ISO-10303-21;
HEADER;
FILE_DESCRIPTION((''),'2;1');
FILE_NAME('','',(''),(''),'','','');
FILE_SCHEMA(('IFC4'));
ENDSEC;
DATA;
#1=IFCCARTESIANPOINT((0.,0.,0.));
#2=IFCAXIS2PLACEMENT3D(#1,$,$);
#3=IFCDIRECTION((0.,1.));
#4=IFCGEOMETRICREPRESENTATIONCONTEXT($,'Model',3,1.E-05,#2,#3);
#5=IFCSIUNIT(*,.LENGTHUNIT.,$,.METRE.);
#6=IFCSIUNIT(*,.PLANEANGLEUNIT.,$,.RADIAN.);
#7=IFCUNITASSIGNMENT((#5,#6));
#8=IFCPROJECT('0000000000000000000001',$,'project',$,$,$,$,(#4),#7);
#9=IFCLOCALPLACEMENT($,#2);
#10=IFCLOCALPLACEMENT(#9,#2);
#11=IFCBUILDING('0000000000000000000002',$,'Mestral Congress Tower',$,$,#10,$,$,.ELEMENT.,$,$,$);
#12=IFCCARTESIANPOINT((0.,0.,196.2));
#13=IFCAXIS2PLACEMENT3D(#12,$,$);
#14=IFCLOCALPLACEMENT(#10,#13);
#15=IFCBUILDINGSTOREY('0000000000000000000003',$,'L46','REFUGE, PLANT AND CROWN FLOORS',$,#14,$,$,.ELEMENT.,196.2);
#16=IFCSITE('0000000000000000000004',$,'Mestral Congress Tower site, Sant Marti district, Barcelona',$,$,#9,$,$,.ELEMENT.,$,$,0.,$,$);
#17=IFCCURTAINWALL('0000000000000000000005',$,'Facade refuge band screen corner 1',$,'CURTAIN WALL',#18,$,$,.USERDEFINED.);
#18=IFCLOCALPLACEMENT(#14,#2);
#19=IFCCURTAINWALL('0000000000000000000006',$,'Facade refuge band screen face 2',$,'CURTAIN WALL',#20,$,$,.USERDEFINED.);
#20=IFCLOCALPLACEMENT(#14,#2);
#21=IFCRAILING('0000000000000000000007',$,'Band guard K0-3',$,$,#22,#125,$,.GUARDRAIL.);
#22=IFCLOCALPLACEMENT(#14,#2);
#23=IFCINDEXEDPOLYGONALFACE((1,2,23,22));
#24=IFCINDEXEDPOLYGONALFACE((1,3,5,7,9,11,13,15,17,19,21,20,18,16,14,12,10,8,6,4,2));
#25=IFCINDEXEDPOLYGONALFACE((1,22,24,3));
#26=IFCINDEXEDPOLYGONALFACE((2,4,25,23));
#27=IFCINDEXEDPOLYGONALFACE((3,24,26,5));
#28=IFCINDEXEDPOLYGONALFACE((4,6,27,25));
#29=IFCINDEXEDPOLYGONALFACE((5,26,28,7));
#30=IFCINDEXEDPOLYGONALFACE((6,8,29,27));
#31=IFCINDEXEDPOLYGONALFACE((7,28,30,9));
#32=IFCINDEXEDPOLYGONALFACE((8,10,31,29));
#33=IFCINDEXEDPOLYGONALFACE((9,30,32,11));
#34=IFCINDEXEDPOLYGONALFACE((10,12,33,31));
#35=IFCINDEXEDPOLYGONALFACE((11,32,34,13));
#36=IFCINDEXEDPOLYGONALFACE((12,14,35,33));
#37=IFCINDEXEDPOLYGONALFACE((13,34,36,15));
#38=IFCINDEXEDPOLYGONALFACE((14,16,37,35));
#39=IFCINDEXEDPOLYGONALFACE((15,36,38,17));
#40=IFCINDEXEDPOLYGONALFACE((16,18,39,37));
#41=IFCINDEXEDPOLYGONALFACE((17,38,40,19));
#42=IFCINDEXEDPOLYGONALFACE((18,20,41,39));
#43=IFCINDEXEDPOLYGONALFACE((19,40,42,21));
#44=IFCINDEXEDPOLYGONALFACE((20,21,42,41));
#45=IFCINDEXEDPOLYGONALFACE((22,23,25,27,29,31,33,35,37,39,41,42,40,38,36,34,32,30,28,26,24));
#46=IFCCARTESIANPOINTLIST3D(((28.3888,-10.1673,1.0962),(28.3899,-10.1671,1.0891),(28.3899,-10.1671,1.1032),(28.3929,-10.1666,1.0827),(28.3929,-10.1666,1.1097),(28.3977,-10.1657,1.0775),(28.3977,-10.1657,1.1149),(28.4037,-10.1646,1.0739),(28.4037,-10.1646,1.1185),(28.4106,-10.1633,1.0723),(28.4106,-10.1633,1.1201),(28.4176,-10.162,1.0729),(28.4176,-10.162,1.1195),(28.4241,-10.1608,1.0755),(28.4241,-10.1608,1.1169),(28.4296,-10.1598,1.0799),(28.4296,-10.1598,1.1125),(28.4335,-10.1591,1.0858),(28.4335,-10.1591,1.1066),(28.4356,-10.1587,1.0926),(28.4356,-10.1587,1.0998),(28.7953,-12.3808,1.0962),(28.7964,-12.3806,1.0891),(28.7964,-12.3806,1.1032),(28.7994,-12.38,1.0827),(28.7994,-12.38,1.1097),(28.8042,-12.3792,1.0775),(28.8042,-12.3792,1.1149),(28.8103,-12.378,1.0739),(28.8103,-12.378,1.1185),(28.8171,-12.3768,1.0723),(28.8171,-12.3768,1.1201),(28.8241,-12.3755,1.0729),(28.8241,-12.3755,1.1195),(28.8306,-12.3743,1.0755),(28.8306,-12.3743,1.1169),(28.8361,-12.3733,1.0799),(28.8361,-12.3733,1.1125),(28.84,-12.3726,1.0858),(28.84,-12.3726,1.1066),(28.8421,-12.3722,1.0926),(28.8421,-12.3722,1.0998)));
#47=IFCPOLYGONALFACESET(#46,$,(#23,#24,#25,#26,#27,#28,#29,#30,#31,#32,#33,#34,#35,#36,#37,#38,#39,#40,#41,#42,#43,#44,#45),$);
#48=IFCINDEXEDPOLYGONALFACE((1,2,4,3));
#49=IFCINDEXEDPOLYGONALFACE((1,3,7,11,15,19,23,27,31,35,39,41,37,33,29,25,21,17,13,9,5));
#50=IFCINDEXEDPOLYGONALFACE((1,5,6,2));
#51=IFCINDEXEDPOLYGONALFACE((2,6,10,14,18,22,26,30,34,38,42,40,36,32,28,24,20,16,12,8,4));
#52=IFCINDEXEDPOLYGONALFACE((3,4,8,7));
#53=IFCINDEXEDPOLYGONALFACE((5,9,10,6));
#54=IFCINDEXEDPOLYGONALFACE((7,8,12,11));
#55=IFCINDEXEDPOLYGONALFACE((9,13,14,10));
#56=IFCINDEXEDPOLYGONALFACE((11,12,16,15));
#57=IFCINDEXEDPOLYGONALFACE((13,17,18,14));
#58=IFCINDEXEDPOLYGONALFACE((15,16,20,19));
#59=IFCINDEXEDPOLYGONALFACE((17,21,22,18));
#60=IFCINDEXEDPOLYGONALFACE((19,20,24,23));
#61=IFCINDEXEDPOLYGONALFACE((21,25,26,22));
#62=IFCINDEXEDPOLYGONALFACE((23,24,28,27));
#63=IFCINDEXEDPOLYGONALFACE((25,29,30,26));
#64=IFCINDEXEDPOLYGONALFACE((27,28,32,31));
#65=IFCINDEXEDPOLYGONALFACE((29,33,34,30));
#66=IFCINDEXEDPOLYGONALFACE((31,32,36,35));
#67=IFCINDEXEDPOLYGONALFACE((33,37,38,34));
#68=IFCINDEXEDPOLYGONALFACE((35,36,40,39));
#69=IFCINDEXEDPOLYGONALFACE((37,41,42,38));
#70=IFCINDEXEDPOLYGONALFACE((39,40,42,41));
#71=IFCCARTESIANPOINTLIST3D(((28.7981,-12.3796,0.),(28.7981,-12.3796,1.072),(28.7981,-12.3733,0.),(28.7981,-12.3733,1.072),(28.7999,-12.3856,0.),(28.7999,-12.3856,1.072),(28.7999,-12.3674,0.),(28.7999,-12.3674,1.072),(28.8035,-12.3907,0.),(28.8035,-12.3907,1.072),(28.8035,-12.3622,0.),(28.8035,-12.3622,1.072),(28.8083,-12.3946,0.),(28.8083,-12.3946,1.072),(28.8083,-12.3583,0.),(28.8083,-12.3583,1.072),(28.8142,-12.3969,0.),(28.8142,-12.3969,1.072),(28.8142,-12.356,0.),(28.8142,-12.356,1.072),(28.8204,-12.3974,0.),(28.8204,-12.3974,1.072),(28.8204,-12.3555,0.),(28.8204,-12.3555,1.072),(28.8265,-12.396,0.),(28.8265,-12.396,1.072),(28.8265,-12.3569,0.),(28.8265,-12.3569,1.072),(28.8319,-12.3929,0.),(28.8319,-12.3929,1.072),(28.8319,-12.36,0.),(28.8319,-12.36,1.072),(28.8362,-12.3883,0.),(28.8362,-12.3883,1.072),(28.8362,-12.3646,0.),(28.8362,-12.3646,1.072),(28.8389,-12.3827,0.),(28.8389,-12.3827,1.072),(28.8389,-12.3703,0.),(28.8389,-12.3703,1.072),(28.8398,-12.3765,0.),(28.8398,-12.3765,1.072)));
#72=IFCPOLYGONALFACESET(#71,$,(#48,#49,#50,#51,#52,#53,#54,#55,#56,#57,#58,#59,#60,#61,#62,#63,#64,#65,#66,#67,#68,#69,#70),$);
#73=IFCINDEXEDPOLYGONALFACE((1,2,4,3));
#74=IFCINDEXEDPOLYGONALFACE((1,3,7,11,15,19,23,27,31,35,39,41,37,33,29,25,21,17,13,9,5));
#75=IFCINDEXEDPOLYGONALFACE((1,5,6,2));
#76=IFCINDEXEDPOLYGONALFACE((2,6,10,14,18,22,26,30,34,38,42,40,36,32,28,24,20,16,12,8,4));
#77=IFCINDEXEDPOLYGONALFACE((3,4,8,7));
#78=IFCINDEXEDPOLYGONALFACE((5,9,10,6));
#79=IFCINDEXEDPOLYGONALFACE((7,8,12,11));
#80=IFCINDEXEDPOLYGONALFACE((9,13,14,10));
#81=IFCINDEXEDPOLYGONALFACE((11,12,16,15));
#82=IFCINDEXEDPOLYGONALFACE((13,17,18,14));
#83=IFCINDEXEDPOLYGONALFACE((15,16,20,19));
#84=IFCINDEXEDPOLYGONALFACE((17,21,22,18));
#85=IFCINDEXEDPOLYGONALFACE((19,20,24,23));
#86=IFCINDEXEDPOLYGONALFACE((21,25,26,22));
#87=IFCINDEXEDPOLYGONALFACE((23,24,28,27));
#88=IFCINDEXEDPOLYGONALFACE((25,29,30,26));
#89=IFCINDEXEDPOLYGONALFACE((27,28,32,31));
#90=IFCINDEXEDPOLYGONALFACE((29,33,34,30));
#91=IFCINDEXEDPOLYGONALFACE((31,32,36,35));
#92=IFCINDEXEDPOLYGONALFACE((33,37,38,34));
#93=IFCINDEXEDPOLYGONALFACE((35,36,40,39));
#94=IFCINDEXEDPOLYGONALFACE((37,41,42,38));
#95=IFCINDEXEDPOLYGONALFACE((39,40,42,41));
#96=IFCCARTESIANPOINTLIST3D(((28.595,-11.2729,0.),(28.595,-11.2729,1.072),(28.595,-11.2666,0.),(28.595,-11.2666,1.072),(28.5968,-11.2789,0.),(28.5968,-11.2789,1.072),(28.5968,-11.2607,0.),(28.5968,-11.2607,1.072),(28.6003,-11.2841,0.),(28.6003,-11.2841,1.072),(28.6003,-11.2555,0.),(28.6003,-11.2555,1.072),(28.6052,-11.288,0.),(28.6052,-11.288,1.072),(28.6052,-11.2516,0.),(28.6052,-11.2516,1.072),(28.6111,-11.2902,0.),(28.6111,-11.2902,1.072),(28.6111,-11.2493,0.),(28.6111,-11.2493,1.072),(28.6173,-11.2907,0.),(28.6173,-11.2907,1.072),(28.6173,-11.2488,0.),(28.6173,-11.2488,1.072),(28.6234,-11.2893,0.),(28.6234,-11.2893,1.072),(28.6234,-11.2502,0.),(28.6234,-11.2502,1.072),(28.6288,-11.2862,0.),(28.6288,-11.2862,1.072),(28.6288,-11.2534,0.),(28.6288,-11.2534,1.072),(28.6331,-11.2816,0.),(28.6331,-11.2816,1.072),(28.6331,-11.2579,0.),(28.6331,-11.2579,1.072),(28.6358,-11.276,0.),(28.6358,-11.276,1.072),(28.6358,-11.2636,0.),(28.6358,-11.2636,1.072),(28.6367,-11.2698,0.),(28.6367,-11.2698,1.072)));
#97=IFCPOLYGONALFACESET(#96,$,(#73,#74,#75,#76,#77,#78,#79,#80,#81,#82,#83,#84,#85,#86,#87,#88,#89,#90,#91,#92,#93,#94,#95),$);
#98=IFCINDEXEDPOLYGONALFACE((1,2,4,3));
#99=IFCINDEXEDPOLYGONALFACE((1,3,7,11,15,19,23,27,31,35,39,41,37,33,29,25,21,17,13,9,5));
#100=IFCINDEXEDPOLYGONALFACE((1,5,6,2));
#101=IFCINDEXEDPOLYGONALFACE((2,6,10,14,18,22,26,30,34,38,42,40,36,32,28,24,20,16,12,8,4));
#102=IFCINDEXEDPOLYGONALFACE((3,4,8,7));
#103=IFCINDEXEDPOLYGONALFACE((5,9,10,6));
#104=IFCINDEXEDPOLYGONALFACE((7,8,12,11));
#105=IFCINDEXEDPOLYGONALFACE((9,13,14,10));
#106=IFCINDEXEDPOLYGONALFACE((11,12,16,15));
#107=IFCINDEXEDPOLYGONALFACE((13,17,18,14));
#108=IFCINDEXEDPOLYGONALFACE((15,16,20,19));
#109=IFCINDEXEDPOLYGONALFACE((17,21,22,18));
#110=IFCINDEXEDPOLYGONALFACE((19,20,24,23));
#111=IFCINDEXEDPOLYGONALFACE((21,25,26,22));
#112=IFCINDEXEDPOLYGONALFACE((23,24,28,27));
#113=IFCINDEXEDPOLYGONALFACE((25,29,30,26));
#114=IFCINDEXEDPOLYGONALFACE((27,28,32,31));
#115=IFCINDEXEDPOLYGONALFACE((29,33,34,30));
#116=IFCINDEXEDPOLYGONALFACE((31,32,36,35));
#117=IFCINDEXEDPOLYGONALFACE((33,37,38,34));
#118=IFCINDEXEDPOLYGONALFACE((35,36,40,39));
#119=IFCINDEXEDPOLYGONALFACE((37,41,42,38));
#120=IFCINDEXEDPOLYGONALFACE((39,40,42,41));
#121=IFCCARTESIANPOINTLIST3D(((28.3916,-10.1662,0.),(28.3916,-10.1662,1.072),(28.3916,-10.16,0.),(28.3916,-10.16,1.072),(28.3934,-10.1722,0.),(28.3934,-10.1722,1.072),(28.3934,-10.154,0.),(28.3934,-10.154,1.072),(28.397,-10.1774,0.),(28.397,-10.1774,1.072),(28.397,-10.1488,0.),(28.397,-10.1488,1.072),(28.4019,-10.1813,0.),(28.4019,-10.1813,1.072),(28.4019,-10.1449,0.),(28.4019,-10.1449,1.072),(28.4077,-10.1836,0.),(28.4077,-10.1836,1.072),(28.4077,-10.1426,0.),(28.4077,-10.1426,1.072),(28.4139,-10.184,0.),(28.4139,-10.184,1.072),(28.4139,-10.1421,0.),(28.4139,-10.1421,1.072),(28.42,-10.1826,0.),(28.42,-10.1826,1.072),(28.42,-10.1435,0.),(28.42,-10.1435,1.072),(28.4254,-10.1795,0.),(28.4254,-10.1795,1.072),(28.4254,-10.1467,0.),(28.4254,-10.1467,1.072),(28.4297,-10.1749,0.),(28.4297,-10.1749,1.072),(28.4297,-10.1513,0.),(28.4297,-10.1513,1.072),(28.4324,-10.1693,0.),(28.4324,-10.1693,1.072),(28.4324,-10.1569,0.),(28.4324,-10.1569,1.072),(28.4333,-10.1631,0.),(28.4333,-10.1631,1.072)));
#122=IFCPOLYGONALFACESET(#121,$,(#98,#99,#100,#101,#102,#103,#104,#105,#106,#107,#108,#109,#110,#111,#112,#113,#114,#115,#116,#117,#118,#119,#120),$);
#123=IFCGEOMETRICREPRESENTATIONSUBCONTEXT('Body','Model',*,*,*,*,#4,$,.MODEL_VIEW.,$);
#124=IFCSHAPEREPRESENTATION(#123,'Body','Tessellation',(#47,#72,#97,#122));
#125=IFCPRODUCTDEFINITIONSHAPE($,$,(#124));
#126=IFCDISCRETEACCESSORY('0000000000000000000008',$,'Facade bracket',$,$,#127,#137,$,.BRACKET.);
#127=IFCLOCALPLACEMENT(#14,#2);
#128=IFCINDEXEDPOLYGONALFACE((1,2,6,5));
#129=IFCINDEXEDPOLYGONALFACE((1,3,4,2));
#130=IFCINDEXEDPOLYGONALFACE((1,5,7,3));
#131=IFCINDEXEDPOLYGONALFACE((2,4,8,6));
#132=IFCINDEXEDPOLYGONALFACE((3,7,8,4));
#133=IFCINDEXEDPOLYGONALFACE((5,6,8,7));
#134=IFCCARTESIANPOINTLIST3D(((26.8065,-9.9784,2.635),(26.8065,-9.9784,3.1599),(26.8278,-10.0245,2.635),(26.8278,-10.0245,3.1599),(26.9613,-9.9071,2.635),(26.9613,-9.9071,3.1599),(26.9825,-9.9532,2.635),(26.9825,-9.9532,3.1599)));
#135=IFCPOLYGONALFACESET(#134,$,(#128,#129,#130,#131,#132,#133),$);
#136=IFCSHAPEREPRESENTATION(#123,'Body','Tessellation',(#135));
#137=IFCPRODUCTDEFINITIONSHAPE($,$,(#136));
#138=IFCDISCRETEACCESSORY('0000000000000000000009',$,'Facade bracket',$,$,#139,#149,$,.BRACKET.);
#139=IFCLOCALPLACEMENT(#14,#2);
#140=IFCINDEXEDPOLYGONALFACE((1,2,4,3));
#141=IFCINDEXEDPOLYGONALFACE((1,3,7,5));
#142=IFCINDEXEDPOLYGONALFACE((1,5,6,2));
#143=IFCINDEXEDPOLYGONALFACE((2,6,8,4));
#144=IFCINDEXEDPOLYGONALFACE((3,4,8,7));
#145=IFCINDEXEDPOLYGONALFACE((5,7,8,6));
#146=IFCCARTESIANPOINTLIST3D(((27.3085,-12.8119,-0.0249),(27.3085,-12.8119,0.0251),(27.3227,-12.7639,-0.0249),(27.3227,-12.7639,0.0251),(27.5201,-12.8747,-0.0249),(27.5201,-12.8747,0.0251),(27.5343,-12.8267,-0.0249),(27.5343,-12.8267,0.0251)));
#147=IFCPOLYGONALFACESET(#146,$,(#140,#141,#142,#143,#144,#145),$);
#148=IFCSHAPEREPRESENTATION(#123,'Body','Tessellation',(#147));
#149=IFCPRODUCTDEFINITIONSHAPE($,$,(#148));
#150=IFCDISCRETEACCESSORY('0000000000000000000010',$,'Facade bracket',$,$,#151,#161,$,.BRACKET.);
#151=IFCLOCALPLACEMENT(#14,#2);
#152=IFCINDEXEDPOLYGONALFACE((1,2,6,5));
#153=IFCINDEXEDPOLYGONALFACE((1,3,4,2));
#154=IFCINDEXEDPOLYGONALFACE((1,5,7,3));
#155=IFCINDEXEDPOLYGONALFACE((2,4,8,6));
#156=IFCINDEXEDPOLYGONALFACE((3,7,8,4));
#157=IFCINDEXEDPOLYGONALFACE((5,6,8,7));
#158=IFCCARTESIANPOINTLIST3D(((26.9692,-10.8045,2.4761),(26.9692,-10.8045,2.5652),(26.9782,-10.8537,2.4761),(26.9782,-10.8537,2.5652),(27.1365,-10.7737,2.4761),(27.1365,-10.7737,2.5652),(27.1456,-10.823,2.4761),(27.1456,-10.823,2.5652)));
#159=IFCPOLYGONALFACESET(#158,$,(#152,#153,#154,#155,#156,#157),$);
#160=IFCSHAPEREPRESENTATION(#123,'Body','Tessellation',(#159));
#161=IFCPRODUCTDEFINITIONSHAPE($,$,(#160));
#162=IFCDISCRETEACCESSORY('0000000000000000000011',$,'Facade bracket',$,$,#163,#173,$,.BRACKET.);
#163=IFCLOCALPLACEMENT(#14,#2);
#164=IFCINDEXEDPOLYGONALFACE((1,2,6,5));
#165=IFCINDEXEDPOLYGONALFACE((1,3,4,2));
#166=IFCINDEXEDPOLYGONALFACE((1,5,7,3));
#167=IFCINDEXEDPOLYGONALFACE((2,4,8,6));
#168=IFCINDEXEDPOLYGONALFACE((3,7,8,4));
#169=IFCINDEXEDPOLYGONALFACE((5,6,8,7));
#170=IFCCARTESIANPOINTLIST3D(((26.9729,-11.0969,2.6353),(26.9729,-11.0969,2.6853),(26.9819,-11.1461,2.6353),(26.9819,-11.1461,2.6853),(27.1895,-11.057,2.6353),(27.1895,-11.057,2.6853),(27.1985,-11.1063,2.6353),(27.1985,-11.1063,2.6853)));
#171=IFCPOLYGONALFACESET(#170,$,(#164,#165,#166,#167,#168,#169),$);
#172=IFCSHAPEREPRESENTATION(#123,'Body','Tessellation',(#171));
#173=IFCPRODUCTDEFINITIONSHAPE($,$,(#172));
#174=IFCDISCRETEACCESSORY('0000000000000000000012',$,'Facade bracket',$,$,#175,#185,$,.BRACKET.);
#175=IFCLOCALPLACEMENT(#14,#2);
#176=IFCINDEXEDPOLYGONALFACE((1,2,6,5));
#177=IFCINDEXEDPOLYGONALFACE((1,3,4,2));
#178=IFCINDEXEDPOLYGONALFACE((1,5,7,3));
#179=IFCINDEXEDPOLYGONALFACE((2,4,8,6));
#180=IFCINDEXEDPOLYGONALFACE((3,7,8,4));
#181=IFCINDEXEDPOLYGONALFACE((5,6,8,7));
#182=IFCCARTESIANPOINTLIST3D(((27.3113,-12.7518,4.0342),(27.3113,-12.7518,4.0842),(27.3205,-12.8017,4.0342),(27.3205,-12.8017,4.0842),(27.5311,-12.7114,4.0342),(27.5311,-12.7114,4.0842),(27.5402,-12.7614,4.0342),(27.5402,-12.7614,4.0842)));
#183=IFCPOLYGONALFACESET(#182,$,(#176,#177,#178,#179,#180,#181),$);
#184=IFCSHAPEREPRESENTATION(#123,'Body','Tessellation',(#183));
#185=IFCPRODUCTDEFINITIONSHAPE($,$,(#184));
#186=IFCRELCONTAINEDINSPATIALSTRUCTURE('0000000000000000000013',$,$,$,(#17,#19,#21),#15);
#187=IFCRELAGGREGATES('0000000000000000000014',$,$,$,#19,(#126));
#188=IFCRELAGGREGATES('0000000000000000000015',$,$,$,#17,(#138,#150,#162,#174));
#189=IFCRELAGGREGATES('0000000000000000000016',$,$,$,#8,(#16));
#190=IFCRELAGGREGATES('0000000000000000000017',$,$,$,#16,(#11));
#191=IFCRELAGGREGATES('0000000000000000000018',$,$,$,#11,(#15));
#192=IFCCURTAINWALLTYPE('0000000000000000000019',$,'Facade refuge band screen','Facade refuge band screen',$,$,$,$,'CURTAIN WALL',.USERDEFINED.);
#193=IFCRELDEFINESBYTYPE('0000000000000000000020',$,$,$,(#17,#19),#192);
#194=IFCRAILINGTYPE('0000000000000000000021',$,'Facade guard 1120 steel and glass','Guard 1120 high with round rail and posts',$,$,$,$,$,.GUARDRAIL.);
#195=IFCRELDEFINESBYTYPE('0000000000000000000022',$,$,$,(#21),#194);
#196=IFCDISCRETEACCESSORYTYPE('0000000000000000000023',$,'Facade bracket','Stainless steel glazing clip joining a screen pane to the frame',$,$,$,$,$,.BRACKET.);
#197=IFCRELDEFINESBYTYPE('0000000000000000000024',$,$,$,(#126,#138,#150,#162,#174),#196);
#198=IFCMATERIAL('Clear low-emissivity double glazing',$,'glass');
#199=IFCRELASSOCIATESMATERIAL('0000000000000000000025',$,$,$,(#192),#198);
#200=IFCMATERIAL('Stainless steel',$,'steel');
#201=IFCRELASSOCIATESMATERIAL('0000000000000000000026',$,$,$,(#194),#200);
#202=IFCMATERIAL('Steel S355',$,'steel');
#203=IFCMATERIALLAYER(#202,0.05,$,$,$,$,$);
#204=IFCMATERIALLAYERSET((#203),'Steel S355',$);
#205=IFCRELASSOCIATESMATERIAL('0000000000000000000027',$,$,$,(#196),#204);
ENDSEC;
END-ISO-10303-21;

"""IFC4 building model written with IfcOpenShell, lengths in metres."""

from ifc_helpers import new_model, si_unit, direction, frame, origin, origin_2d, place, context, subcontext, project, spatial, rectangle, circle, extrude, material, layer, layer_set, type_object, element, aggregate, save


model = new_model("IFC4")

# Units and contexts
model_context = context("Model", 3, precision=1e-05, world=origin(), true_north=direction((0.0, 1.0)))
body_context = subcontext(model_context, "Body", "Model", "MODEL_VIEW")
ifc_project = project(units=[si_unit("LENGTHUNIT", "METRE"), si_unit("PLANEANGLEUNIT", "RADIAN")], contexts=[model_context])

# Site, building, storey
site_placement = place(None, origin())
site = spatial("IfcSite", under=ifc_project, at=site_placement, Name="Mestral Congress Tower site, Sant Marti district, Barcelona", CompositionType="ELEMENT", RefElevation=0.0)
building_placement = place(site_placement, origin())
building = spatial("IfcBuilding", under=site, at=building_placement, Name="Mestral Congress Tower", CompositionType="ELEMENT")
storey_placement = place(building_placement, frame((0.0, 0.0, 196.2)))
storey = spatial("IfcBuildingStorey", under=building, at=storey_placement, Name="L46", Description="REFUGE, PLANT AND CROWN FLOORS", CompositionType="ELEMENT", Elevation=196.2)

# Shared definitions
ifc_material_1 = material(Name="Steel S355", Category="steel")

# Curtain walls
ifc_material_2 = material(Name="Clear low-emissivity double glazing", Category="glass")
curtain_wall_type = type_object("IfcCurtainWallType", Name="Facade refuge band screen", Description="Facade refuge band screen", ElementType="CURTAIN WALL", PredefinedType="USERDEFINED", material=ifc_material_2)
placement = place(storey_placement, origin())
curtain_wall_1 = element("IfcCurtainWall", 1, at=placement, inside=storey, type_object=curtain_wall_type, Name="Facade refuge band screen corner 1", ObjectType="CURTAIN WALL", PredefinedType="USERDEFINED")
curtain_wall_2 = element("IfcCurtainWall", 2, at=placement, inside=storey, type_object=curtain_wall_type, Name="Facade refuge band screen face 2", ObjectType="CURTAIN WALL", PredefinedType="USERDEFINED")

# Railing
ifc_material_3 = material(Name="Stainless steel", Category="steel")
railing_type = type_object("IfcRailingType", Name="Facade guard 1120 steel and glass", Description="Guard 1120 high with round rail and posts", PredefinedType="GUARDRAIL", material=ifc_material_3)
railing_placement = place(storey_placement, frame((28.8188, -12.3765, 0.0)))
element("IfcRailing", 3, at=railing_placement, inside=storey, type_object=railing_type, Name="Band guard K0-3", PredefinedType="GUARDRAIL", context=body_context, shape_type="SweptSolid", body=[
    extrude(circle(Radius=0.0239, at=origin_2d()), frame((0.0, 0.0, 1.0962), z_axis=(-0.180632, 0.983551, 0.0), x_axis=(-0.983551, -0.180632, 0.0)), (0.0, 0.0, 1.0), 2.2505),
    extrude(circle(Radius=0.021, at=origin_2d()), origin(), (0.0, 0.0, 1.0), 1.072),
    extrude(circle(Radius=0.021, at=origin_2d()), frame((-0.2031, 1.1067, 0.0)), (0.0, 0.0, 1.0), 1.072),
    extrude(circle(Radius=0.021, at=origin_2d()), frame((-0.4065, 2.2134, 0.0)), (0.0, 0.0, 1.0), 1.072),
])

# Discrete accessories
ifc_layer_1 = layer(ifc_material_1, 0.05)
ifc_layer_set_1 = layer_set([ifc_layer_1], Name="Steel S355")
discrete_accessory_type = type_object("IfcDiscreteAccessoryType", Name="Facade bracket", Description="Stainless steel glazing clip joining a screen pane to the frame", PredefinedType="BRACKET", material=ifc_layer_set_1)
discrete_accessory_1_placement = place(storey_placement, frame((26.8945, -9.9658, 2.635), z_axis=(0.0, 0.0, 1.0), x_axis=(-0.418645, 0.90815, 0.0)))
discrete_accessory_1 = element("IfcDiscreteAccessory", 4, at=discrete_accessory_1_placement, type_object=discrete_accessory_type, Name="Facade bracket", PredefinedType="BRACKET", context=body_context, shape_type="SweptSolid", body=[
    extrude(rectangle(XDim=0.0508, YDim=0.1704, at=origin_2d()), origin(), (0.0, 0.0, 1.0), 0.5249),
])
aggregate(curtain_wall_2, [discrete_accessory_1])
discrete_accessory_2_placement = place(storey_placement, frame((27.4214, -12.8193, -0.0249), z_axis=(0.0, 0.0, 1.0), x_axis=(0.284546, 0.958662, 0.0)))
discrete_accessory_2 = element("IfcDiscreteAccessory", 5, at=discrete_accessory_2_placement, type_object=discrete_accessory_type, Name="Facade bracket", PredefinedType="BRACKET", context=body_context, shape_type="SweptSolid", body=[
    extrude(rectangle(XDim=0.05, YDim=0.2207, at=origin_2d()), origin(), (0.0, 0.0, 1.0), 0.05),
])
discrete_accessory_3_placement = place(storey_placement, frame((27.0574, -10.8137, 2.4761), z_axis=(0.0, 0.0, 1.0), x_axis=(-0.180689, 0.98354, 0.0)))
discrete_accessory_3 = element("IfcDiscreteAccessory", 6, at=discrete_accessory_3_placement, type_object=discrete_accessory_type, Name="Facade bracket", PredefinedType="BRACKET", context=body_context, shape_type="SweptSolid", body=[
    extrude(rectangle(XDim=0.05, YDim=0.1702, at=origin_2d()), origin(), (0.0, 0.0, 1.0), 0.0891),
])
discrete_accessory_4_placement = place(storey_placement, frame((27.0857, -11.1016, 2.6353), z_axis=(0.0, 0.0, 1.0), x_axis=(-0.180737, 0.983531, 0.0)))
discrete_accessory_4 = element("IfcDiscreteAccessory", 7, at=discrete_accessory_4_placement, type_object=discrete_accessory_type, Name="Facade bracket", PredefinedType="BRACKET", context=body_context, shape_type="SweptSolid", body=[
    extrude(rectangle(XDim=0.05, YDim=0.2202, at=origin_2d()), origin(), (0.0, 0.0, 1.0), 0.05),
])
discrete_accessory_5_placement = place(storey_placement, frame((27.4258, -12.7566, 4.0342), z_axis=(0.0, 0.0, 1.0), x_axis=(-0.18066, 0.983546, 0.0)))
discrete_accessory_5 = element("IfcDiscreteAccessory", 8, at=discrete_accessory_5_placement, type_object=discrete_accessory_type, Name="Facade bracket", PredefinedType="BRACKET", context=body_context, shape_type="SweptSolid", body=[
    extrude(rectangle(XDim=0.0508, YDim=0.2234, at=origin_2d()), origin(), (0.0, 0.0, 1.0), 0.05),
])
aggregate(curtain_wall_1, [discrete_accessory_2, discrete_accessory_3, discrete_accessory_4, discrete_accessory_5])

save(model, "model.ifc")
